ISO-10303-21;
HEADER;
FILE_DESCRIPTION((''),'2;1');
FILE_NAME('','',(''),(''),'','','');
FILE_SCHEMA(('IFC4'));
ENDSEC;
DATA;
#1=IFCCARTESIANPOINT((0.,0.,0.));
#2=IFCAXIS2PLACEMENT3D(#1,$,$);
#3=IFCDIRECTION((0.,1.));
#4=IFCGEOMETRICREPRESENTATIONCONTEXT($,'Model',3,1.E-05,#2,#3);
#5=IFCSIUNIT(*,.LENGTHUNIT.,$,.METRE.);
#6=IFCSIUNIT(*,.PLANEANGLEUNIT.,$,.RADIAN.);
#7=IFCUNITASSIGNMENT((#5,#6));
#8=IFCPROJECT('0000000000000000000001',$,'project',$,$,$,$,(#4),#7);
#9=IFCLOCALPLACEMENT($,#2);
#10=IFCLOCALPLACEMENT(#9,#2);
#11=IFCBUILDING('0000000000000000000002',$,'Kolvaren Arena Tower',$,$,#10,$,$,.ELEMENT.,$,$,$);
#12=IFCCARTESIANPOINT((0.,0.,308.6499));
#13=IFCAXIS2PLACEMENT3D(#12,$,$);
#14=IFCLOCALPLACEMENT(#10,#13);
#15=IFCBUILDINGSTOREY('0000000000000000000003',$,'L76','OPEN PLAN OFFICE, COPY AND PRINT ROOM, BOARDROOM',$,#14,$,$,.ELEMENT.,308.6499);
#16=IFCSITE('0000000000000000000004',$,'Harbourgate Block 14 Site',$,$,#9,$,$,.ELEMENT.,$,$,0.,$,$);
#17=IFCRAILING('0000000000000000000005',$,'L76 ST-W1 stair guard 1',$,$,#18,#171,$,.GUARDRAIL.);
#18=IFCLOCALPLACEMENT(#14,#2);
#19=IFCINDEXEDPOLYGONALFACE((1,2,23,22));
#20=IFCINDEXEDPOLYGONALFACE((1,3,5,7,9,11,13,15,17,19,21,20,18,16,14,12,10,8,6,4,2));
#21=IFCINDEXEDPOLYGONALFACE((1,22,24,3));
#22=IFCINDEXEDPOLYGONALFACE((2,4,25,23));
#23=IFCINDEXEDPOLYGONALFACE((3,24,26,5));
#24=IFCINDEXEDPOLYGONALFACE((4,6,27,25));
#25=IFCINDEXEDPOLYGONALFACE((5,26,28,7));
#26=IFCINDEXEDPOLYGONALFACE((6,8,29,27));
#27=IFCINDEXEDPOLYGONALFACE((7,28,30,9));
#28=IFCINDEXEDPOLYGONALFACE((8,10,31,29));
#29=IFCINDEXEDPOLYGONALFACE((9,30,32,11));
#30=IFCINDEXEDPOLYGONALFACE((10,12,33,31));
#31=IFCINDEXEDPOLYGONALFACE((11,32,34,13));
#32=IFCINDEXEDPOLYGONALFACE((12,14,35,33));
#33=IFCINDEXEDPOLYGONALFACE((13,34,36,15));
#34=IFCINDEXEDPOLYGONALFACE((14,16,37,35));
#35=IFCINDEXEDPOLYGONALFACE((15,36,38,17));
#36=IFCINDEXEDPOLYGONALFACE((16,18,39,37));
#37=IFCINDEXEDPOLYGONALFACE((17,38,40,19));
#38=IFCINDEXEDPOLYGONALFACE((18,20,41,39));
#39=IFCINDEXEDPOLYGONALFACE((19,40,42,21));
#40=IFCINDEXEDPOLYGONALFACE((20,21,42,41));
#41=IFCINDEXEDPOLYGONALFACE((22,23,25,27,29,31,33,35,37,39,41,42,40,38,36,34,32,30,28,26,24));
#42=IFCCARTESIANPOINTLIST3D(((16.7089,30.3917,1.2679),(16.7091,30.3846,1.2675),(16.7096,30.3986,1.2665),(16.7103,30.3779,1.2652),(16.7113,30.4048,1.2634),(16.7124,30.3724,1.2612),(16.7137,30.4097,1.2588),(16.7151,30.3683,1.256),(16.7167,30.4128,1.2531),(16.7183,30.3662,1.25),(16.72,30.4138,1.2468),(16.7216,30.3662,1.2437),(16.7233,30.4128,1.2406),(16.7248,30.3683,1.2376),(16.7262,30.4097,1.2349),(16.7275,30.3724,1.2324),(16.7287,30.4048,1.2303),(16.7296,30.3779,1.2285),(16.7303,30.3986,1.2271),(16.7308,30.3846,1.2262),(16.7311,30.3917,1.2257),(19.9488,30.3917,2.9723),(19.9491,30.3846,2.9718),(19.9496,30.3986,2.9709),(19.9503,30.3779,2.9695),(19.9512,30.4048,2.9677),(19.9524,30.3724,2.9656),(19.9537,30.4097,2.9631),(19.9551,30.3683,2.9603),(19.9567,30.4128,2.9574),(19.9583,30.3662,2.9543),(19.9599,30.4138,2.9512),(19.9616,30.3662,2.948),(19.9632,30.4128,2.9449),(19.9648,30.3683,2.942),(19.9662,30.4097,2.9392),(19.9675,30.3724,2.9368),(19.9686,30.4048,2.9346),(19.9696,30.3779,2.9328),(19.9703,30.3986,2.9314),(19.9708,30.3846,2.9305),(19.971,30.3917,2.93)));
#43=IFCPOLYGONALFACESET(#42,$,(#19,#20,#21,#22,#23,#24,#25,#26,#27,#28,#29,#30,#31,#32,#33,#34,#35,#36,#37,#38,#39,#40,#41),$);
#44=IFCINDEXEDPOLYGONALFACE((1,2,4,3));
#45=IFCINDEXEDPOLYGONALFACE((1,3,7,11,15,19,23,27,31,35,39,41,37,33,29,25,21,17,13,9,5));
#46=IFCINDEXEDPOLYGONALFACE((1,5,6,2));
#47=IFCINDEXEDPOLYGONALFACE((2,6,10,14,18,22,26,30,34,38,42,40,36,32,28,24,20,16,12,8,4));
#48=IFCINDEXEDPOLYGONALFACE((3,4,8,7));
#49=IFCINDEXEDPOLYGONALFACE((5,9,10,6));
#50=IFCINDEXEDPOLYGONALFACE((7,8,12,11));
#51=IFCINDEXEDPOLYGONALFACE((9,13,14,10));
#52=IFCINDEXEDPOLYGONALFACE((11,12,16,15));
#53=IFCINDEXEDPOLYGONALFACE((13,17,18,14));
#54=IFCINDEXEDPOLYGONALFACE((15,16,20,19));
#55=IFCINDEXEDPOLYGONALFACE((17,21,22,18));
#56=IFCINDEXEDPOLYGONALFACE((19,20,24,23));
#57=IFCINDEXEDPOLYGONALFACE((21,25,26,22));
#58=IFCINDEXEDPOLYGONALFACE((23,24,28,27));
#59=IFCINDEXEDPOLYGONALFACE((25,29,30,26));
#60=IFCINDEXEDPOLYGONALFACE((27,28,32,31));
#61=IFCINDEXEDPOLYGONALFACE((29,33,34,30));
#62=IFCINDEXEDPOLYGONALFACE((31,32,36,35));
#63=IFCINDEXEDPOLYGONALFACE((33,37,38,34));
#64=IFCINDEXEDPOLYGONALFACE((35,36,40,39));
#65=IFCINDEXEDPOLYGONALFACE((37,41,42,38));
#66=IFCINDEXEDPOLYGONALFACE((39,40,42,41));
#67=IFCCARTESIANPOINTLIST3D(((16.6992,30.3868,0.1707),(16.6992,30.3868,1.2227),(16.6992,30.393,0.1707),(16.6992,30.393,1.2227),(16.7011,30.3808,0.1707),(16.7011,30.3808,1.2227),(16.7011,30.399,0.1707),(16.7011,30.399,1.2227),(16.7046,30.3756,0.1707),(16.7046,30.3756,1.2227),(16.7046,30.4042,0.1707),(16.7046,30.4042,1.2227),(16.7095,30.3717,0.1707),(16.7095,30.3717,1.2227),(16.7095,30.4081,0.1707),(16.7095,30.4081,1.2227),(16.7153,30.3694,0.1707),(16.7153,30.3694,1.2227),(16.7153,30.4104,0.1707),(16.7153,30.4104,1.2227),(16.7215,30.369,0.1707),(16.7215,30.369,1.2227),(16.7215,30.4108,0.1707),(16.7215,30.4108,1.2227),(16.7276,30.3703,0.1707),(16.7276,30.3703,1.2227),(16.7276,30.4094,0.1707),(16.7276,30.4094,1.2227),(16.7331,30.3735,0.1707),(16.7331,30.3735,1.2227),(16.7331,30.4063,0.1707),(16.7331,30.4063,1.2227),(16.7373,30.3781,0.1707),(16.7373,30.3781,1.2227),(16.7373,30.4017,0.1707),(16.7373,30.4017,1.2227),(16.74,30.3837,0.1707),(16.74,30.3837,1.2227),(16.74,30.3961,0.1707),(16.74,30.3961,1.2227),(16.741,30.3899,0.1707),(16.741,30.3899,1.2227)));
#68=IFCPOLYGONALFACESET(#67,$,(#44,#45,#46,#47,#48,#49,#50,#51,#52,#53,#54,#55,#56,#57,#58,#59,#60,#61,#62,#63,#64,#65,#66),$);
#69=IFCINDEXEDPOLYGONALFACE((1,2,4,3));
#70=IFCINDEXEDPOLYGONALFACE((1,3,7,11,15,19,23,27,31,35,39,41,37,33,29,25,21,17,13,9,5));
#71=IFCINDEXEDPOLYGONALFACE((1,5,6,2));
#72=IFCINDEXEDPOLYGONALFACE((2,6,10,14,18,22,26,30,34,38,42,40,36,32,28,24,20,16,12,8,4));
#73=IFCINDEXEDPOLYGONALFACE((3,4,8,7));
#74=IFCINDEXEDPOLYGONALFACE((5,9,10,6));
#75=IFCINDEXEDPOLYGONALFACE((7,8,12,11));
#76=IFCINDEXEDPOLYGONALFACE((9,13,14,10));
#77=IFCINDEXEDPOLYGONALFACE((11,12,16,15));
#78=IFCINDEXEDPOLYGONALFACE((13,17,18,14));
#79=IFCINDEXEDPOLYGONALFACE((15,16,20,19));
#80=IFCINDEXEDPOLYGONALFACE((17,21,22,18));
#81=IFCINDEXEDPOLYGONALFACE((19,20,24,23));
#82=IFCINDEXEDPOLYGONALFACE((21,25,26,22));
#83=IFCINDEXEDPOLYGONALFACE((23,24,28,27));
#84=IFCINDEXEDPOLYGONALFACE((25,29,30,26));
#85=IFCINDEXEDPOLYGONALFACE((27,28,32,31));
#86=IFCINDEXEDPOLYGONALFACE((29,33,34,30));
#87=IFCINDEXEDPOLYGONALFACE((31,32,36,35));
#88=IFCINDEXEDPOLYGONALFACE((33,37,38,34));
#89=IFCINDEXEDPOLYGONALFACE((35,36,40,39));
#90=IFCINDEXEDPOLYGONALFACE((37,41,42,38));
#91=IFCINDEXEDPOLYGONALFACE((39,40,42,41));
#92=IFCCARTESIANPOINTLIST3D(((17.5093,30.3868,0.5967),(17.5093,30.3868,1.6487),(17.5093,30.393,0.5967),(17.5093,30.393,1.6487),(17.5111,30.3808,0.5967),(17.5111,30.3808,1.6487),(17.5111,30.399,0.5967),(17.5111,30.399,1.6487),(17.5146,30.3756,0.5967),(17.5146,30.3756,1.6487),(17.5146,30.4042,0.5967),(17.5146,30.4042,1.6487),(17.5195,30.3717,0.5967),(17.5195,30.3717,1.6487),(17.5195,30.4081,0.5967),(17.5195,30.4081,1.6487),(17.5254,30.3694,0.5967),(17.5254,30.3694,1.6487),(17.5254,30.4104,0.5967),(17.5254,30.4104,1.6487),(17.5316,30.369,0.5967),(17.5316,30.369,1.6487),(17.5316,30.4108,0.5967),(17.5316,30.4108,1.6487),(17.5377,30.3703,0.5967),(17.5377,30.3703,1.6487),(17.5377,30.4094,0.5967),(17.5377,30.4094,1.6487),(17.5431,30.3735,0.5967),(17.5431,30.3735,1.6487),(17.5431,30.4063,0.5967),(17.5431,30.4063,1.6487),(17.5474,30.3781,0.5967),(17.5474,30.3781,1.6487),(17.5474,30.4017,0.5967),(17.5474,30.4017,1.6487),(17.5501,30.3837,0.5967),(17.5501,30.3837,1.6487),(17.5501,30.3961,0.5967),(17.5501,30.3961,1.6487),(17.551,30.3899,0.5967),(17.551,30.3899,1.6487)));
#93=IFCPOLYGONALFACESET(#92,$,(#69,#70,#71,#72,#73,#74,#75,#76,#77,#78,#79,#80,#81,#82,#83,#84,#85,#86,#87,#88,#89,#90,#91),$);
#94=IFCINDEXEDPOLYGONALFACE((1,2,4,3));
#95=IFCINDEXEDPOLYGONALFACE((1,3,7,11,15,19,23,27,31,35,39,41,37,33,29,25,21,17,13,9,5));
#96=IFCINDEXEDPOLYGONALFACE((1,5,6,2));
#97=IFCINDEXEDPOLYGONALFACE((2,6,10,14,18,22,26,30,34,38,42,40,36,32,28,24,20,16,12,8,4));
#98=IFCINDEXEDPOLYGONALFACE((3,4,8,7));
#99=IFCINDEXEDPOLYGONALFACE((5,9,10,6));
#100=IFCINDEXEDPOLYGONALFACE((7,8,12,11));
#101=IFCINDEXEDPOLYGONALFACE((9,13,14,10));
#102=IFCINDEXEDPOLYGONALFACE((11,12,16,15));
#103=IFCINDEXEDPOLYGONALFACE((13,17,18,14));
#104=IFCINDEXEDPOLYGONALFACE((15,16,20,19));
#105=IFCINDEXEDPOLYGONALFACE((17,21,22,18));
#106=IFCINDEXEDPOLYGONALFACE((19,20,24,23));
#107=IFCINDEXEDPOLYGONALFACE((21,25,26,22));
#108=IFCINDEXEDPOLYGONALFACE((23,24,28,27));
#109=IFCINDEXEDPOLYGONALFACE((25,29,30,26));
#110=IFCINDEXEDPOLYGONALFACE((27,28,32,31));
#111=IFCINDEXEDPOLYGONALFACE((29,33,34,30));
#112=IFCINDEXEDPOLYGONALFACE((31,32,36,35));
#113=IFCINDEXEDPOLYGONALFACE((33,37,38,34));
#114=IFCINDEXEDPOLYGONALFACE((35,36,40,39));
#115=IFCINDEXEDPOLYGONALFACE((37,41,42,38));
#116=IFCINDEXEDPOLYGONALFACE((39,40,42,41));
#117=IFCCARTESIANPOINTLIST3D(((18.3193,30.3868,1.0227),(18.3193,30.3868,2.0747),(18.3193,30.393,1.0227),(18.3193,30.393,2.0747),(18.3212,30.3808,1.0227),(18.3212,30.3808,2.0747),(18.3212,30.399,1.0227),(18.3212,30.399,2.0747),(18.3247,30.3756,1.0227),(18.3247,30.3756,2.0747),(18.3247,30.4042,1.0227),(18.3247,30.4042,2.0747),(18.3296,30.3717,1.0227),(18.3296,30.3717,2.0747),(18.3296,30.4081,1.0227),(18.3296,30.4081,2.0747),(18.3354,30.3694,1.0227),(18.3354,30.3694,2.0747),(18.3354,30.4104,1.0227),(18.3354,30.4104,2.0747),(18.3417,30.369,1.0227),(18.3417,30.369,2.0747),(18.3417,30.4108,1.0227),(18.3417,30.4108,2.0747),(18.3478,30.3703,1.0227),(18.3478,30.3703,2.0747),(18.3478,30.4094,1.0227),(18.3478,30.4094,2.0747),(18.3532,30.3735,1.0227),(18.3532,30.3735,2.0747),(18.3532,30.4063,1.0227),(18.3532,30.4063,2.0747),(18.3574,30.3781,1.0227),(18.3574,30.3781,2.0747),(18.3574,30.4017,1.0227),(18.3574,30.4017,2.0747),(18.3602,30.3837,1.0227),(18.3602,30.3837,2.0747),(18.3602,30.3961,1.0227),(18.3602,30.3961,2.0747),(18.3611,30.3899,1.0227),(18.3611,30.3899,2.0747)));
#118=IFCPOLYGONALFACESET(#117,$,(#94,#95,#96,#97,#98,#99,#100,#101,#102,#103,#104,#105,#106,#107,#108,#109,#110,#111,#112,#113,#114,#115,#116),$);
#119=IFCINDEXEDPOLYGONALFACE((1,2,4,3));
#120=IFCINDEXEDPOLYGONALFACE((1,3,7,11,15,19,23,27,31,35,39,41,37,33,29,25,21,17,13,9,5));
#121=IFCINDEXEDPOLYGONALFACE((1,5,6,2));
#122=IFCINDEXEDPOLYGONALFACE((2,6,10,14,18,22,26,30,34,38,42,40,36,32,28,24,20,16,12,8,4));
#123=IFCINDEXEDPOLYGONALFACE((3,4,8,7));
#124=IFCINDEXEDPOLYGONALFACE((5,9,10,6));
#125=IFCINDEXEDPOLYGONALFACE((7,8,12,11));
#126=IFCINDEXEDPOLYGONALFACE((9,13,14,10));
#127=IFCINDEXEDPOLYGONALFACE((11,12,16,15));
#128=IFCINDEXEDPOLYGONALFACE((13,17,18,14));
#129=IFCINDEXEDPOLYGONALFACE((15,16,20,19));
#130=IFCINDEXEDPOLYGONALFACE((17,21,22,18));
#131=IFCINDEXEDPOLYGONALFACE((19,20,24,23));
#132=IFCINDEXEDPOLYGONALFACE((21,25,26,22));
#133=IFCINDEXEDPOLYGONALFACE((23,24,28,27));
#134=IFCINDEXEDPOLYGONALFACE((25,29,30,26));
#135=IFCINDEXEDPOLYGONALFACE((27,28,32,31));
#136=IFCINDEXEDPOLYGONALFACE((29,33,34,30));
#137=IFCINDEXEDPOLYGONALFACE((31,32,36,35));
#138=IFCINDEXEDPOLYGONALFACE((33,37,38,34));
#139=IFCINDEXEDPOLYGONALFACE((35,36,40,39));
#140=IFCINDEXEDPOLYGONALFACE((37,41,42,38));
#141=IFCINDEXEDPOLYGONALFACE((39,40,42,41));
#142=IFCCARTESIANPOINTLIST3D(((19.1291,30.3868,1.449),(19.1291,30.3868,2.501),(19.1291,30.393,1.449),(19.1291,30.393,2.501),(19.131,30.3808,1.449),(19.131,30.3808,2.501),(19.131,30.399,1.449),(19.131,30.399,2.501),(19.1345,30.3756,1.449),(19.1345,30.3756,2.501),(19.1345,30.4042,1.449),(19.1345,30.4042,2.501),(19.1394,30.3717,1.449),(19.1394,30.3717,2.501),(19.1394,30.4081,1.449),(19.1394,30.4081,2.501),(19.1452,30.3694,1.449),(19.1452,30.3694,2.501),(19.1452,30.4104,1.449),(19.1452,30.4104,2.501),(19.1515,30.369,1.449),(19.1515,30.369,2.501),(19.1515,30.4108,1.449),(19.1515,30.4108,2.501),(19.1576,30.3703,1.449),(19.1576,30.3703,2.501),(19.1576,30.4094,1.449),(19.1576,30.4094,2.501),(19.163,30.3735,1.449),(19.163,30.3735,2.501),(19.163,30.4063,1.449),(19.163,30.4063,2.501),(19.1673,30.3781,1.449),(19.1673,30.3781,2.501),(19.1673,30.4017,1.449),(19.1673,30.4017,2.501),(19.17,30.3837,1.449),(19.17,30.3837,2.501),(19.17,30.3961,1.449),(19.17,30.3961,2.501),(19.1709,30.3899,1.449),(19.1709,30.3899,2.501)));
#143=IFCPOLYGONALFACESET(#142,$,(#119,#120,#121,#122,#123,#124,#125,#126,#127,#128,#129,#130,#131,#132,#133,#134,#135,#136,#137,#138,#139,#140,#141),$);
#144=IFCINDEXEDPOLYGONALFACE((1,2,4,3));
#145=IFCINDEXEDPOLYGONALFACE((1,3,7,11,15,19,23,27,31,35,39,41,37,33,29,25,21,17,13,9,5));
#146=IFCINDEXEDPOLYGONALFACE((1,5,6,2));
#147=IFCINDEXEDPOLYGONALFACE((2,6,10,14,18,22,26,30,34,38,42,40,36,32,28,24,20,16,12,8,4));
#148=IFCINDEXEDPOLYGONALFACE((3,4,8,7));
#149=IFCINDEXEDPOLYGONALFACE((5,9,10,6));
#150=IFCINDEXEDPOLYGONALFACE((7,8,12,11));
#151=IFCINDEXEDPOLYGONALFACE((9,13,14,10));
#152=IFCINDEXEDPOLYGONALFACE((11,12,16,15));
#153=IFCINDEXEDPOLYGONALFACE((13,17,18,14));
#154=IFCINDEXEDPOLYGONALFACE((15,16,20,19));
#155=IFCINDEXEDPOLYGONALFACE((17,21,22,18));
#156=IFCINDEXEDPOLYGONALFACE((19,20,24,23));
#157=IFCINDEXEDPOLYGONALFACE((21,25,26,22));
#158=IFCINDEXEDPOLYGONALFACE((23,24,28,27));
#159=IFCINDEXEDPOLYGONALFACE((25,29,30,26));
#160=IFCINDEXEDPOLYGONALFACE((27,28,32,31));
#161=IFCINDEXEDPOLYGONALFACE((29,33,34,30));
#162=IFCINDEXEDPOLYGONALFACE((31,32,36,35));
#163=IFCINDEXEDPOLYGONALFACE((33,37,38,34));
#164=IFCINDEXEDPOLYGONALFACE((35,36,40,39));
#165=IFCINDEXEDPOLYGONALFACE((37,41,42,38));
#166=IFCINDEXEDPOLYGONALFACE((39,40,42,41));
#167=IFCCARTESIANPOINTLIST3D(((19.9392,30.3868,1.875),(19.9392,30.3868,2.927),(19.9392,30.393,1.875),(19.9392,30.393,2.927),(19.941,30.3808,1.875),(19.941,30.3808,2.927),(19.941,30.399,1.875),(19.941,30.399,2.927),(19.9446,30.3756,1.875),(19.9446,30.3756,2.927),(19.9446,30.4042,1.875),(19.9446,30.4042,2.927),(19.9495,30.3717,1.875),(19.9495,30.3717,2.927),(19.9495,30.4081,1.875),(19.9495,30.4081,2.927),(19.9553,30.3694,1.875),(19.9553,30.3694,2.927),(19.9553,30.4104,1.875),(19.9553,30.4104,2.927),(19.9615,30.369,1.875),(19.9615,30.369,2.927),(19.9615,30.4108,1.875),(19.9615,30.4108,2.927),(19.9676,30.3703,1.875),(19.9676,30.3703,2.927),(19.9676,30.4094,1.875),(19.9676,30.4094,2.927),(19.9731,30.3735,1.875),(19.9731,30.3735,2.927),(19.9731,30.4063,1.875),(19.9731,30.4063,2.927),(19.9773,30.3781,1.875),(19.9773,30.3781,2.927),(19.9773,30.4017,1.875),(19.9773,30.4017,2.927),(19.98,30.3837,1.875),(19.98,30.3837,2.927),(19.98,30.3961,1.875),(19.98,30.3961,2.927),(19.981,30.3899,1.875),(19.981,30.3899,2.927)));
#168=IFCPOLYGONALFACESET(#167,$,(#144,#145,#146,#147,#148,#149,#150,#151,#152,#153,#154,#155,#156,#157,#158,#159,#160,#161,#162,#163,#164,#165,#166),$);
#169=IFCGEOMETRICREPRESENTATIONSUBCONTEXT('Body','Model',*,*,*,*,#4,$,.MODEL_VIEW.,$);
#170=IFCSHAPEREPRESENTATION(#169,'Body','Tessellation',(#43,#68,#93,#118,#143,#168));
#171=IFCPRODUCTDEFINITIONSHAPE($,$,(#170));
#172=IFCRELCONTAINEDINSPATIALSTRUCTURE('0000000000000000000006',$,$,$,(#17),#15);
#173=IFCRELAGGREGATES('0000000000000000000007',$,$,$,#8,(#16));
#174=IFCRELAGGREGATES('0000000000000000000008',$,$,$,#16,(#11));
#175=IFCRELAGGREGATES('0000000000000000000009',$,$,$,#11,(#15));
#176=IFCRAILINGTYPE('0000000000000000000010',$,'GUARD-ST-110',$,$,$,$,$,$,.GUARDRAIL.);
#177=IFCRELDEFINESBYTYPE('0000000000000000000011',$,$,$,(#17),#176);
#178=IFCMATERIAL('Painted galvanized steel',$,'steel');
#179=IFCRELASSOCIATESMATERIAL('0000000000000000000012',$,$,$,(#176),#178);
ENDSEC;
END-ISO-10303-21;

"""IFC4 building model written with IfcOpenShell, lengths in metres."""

from ifc_helpers import new_model, si_unit, direction, frame, origin, origin_2d, place, context, subcontext, project, spatial, circle, extrude, material, type_object, element, save


model = new_model("IFC4")

# Units and contexts
model_context = context("Model", 3, precision=1e-05, world=origin(), true_north=direction((0.0, 1.0)))
body_context = subcontext(model_context, "Body", "Model", "MODEL_VIEW")
ifc_project = project(units=[si_unit("LENGTHUNIT", "METRE"), si_unit("PLANEANGLEUNIT", "RADIAN")], contexts=[model_context])

# Site, building, storey
site_placement = place(None, origin())
site = spatial("IfcSite", under=ifc_project, at=site_placement, Name="Harbourgate Block 14 Site", CompositionType="ELEMENT", RefElevation=0.0)
building_placement = place(site_placement, origin())
building = spatial("IfcBuilding", under=site, at=building_placement, Name="Kolvaren Arena Tower", CompositionType="ELEMENT")
storey_placement = place(building_placement, frame((0.0, 0.0, 308.6499)))
storey = spatial("IfcBuildingStorey", under=building, at=storey_placement, Name="L76", Description="OPEN PLAN OFFICE, COPY AND PRINT ROOM, BOARDROOM", CompositionType="ELEMENT", Elevation=308.6499)

# Railing
ifc_material_1 = material(Name="Painted galvanized steel", Category="steel")
railing_type_1 = type_object("IfcRailingType", Name="GUARD-ST-110", PredefinedType="GUARDRAIL", material=ifc_material_1)
railing_1_placement = place(storey_placement, frame((16.72, 30.3899, 0.1707)))
element("IfcRailing", 1, at=railing_1_placement, inside=storey, type_object=railing_type_1, Name="L76 ST-W1 stair guard 1", PredefinedType="GUARDRAIL", context=body_context, shape_type="SweptSolid", body=[
    extrude(circle(Radius=0.0239, at=origin_2d()), frame((0.0, 0.0, 1.0762), z_axis=(0.885021, 0.0, 0.465551), x_axis=(0.0, 1.0, 0.0)), (0.0, 0.0, 1.0), 3.6609),
    extrude(circle(Radius=0.021, at=origin_2d()), origin(), (0.0, 0.0, 1.0), 1.052),
    extrude(circle(Radius=0.021, at=origin_2d()), frame((0.8101, 0.0, 0.426)), (0.0, 0.0, 1.0), 1.052),
    extrude(circle(Radius=0.021, at=origin_2d()), frame((1.6201, 0.0, 0.8521)), (0.0, 0.0, 1.0), 1.052),
    extrude(circle(Radius=0.021, at=origin_2d()), frame((2.4299, 0.0, 1.2783)), (0.0, 0.0, 1.0), 1.052),
    extrude(circle(Radius=0.021, at=origin_2d()), frame((3.24, 0.0, 1.7043)), (0.0, 0.0, 1.0), 1.052),
])

save(model, "model.ifc")
